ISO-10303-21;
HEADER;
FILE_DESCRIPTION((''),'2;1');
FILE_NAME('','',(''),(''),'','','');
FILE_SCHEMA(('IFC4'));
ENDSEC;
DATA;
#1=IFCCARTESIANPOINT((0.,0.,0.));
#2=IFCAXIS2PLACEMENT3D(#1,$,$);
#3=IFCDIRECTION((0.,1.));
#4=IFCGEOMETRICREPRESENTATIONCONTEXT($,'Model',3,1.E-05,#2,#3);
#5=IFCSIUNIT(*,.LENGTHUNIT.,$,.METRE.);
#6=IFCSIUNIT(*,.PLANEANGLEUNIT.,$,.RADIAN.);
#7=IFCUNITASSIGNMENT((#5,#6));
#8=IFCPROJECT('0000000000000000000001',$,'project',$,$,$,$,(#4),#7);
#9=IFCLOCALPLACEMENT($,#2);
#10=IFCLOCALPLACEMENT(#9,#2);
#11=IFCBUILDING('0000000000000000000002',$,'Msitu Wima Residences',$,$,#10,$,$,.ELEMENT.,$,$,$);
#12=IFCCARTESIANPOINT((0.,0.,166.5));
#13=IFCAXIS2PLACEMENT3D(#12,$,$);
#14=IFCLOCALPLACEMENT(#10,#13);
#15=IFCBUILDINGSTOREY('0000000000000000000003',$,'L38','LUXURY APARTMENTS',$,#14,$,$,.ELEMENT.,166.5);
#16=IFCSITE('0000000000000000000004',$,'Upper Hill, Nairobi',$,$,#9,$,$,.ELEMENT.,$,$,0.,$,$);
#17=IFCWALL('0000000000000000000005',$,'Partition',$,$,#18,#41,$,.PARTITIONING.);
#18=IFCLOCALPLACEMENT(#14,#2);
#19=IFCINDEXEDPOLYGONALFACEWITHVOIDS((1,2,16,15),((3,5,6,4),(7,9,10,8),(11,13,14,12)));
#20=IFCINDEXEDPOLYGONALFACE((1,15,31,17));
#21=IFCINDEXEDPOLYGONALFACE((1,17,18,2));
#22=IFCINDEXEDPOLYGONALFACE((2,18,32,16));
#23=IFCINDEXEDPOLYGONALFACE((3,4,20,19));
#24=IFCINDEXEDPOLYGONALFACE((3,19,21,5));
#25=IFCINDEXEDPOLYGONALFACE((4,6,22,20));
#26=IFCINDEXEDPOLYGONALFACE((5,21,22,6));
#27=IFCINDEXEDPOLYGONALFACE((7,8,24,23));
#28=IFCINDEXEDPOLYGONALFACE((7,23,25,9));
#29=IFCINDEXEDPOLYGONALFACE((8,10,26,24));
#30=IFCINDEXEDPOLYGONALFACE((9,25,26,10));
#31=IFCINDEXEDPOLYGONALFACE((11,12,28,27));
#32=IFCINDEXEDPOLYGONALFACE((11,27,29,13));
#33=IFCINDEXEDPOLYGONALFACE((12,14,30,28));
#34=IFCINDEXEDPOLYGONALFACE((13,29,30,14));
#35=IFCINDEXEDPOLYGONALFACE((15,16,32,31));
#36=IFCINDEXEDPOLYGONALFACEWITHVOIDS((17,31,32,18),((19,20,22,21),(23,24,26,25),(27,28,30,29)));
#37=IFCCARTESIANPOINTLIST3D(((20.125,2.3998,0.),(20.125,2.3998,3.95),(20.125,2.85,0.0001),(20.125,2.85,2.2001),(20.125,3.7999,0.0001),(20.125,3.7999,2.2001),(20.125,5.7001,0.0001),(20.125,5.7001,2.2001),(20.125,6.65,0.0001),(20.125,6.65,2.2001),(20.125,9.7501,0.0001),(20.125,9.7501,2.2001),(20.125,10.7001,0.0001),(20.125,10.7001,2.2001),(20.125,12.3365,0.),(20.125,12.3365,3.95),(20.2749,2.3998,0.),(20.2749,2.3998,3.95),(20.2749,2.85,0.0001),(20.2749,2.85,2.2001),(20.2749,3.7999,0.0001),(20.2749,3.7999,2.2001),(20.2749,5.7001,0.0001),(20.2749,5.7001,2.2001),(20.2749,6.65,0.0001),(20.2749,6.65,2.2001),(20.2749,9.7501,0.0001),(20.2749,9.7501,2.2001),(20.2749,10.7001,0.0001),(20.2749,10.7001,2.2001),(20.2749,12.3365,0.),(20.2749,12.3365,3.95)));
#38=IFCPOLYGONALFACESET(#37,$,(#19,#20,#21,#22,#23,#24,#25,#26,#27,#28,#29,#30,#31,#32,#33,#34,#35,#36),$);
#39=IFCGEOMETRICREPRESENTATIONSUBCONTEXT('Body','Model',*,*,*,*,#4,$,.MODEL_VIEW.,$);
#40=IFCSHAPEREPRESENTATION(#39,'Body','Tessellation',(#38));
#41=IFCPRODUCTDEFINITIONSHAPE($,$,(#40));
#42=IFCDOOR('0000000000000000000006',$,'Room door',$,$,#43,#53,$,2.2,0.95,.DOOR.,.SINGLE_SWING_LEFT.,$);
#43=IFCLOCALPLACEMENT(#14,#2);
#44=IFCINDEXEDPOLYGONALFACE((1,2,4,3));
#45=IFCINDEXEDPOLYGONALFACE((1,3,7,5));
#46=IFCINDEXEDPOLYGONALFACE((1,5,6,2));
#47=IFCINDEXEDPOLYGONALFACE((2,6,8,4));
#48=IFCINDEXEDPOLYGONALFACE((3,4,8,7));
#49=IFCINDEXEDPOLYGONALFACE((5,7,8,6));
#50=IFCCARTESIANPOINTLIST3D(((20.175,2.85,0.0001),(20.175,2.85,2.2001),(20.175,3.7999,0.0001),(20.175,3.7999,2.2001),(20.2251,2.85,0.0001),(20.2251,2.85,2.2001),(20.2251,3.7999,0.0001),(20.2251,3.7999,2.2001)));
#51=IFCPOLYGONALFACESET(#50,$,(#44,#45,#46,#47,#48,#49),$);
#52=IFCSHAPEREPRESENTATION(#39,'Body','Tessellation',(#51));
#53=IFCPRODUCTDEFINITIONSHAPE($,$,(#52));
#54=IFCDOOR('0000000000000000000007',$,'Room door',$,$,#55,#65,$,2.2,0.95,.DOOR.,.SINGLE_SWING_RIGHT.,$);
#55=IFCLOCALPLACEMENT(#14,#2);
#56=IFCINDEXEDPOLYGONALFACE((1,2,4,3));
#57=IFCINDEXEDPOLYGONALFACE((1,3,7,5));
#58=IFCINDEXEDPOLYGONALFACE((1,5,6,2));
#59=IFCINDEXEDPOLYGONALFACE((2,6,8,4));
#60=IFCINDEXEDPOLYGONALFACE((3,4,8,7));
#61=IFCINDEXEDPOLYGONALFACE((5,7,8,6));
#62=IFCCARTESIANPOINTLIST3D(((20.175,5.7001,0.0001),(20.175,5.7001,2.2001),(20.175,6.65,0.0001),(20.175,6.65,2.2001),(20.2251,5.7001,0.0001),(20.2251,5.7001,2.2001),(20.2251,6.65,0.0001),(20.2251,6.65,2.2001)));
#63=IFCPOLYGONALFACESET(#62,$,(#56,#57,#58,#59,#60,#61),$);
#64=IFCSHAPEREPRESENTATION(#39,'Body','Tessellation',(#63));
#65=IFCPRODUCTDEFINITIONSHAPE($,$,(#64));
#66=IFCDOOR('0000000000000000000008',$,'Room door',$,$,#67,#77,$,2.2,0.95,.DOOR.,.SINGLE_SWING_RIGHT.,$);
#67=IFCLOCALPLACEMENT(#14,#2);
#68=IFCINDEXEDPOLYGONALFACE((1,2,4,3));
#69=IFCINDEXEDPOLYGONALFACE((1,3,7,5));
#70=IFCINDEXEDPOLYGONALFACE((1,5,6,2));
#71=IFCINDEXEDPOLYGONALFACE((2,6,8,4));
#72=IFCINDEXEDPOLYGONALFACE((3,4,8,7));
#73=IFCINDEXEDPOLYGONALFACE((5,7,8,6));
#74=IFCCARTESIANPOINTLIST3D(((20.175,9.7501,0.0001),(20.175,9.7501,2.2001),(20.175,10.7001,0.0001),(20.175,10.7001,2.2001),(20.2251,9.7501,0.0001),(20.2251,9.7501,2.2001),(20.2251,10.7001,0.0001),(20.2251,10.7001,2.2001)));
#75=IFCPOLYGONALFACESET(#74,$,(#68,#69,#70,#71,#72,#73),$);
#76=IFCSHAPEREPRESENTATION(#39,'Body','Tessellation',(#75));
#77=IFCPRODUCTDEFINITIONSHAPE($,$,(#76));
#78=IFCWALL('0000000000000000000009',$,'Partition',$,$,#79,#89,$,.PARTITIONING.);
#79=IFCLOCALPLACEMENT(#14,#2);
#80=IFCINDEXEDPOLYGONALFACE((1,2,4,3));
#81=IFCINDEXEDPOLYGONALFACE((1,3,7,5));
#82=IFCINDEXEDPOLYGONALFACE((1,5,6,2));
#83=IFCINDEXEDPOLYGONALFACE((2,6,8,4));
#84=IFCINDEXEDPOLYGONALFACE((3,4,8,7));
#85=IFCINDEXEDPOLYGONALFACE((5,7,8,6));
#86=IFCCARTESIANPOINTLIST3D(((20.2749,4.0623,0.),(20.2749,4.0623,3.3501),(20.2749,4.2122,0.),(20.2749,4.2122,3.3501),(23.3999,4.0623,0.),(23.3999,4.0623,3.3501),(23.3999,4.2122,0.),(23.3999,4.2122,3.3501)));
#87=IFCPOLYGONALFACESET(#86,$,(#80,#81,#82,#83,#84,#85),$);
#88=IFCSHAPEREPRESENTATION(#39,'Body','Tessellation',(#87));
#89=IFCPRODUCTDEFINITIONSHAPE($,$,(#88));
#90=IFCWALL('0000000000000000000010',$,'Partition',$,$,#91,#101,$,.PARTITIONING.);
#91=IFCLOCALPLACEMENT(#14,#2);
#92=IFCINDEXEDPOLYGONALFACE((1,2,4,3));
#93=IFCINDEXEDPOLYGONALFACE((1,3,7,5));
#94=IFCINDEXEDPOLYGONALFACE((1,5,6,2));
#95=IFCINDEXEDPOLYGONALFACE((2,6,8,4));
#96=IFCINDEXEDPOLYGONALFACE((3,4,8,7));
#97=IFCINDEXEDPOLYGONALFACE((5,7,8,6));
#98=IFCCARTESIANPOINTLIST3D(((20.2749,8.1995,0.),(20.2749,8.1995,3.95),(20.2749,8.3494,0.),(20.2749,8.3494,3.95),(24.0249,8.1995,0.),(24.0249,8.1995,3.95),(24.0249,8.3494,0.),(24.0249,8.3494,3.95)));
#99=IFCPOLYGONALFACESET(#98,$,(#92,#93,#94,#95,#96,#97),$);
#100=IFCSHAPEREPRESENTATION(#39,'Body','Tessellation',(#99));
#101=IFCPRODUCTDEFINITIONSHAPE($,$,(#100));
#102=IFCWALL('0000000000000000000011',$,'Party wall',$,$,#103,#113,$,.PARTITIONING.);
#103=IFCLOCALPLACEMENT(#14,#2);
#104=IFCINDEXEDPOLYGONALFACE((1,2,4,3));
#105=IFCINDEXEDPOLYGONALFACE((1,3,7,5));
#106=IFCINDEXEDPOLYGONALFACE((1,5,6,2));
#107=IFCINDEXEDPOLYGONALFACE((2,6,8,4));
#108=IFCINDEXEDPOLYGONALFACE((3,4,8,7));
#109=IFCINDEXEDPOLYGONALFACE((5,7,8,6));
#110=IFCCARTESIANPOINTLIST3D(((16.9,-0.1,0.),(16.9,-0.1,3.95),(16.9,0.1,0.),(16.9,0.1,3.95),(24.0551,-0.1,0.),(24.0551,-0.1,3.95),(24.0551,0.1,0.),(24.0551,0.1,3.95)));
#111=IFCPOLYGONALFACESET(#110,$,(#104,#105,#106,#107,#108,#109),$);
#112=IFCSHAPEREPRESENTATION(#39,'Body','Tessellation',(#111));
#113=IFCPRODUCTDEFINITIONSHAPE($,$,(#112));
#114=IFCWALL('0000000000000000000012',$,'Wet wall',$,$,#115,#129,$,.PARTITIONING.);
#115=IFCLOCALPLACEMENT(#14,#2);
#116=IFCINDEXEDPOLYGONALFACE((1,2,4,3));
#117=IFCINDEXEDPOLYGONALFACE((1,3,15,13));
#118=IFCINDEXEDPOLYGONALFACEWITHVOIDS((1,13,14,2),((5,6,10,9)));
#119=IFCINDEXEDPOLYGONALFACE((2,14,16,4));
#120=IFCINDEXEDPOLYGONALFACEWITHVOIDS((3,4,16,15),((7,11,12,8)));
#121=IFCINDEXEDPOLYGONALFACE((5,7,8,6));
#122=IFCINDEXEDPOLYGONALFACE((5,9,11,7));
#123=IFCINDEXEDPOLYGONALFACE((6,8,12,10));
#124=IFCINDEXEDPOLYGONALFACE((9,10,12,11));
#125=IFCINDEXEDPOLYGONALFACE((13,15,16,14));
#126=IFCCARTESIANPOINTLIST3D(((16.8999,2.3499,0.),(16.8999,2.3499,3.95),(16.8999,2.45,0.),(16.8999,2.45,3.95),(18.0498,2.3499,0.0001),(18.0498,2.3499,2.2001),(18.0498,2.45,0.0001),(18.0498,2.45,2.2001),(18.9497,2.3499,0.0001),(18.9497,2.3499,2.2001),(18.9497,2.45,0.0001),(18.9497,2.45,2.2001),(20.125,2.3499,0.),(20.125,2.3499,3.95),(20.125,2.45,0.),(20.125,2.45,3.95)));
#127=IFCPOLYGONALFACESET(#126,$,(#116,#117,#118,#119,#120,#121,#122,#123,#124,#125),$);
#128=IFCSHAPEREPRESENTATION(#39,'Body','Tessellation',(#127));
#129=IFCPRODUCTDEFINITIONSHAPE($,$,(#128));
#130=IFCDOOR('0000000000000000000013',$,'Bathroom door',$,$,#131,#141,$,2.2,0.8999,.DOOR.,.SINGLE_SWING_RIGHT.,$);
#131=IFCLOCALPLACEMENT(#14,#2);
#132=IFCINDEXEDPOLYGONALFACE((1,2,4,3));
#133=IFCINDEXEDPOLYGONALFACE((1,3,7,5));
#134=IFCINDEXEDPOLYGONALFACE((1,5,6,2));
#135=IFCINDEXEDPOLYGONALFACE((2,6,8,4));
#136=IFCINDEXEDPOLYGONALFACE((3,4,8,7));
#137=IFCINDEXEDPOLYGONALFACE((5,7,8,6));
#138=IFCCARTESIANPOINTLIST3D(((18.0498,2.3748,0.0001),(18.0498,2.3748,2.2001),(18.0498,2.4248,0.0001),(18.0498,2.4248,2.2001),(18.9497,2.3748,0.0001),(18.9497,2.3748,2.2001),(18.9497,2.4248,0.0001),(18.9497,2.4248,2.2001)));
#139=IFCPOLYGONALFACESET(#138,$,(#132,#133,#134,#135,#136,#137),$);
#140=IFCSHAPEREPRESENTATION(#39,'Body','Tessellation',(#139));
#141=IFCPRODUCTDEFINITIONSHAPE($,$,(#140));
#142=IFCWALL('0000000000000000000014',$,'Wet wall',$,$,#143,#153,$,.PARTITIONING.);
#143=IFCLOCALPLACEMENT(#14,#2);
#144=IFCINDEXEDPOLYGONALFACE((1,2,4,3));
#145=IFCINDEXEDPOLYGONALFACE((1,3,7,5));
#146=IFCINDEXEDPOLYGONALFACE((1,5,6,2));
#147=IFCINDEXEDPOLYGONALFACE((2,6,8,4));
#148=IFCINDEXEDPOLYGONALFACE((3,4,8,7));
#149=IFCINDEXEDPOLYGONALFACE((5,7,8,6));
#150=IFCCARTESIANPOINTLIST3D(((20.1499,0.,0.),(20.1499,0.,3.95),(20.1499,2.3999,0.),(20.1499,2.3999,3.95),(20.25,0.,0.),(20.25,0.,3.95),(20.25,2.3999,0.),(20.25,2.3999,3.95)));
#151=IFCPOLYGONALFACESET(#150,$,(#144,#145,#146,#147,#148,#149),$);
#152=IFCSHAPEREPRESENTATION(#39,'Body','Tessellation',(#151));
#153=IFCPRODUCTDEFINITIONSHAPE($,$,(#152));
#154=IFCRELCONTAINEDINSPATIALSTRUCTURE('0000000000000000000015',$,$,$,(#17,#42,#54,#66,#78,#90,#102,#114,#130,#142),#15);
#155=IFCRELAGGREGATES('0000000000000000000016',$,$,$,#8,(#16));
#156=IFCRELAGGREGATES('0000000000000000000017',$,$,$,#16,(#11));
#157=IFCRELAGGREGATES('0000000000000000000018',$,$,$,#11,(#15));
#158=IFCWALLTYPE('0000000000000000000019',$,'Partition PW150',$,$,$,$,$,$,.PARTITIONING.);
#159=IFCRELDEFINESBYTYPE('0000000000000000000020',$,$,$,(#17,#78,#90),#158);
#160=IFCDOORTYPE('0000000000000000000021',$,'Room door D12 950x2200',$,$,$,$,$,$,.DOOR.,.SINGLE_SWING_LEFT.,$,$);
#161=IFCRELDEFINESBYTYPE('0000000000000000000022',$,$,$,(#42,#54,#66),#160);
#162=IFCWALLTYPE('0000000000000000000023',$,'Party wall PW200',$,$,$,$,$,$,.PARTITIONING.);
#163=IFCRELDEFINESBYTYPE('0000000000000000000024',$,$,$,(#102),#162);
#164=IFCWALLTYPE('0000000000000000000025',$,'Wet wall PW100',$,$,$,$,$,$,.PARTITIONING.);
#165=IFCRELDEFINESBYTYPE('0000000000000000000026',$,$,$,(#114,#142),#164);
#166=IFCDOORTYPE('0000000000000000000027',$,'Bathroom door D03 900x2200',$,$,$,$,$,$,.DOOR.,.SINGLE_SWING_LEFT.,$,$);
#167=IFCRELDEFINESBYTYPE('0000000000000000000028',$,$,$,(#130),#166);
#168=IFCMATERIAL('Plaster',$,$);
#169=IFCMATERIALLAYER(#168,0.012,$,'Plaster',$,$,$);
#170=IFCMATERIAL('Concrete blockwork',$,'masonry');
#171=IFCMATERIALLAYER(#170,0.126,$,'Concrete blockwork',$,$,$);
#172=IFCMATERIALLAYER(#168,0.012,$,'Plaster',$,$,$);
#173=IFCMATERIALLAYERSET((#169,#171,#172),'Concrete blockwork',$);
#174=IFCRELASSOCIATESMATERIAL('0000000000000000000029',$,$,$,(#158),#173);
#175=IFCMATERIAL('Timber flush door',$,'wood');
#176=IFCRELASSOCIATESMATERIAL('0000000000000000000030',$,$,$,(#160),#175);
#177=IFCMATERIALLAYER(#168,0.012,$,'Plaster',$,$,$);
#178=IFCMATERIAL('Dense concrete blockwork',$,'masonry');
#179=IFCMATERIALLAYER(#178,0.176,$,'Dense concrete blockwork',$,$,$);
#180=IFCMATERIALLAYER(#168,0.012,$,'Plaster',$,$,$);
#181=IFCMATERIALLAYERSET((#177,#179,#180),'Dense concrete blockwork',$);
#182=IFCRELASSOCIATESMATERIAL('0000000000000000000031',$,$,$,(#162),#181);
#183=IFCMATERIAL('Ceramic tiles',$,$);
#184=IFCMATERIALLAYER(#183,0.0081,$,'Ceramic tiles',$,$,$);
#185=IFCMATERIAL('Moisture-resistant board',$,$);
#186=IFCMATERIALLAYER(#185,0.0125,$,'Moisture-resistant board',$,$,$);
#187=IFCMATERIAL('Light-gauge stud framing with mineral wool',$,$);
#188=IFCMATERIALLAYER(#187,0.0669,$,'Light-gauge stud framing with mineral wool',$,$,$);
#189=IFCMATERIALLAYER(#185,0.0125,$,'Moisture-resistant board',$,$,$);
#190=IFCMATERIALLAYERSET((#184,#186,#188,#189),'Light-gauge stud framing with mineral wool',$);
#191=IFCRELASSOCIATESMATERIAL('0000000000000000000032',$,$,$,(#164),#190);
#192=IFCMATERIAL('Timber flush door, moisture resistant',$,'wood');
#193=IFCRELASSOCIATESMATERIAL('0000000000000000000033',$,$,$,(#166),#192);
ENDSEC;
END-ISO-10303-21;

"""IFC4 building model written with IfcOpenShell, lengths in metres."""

from ifc_helpers import new_model, si_unit, direction, frame, frame_2d, origin, place, context, subcontext, project, spatial, rectangle, extrude, material, layer, layer_set, type_object, element, fill, save


model = new_model("IFC4")

# Units and contexts
model_context = context("Model", 3, precision=1e-05, world=origin(), true_north=direction((0.0, 1.0)))
body_context = subcontext(model_context, "Body", "Model", "MODEL_VIEW")
ifc_project = project(units=[si_unit("LENGTHUNIT", "METRE"), si_unit("PLANEANGLEUNIT", "RADIAN")], contexts=[model_context])

# Site, building, storey
site_placement = place(None, origin())
site = spatial("IfcSite", under=ifc_project, at=site_placement, Name="Upper Hill, Nairobi", CompositionType="ELEMENT", RefElevation=0.0)
building_placement = place(site_placement, origin())
building = spatial("IfcBuilding", under=site, at=building_placement, Name="Msitu Wima Residences", CompositionType="ELEMENT")
storey_placement = place(building_placement, frame((0.0, 0.0, 166.5)))
storey = spatial("IfcBuildingStorey", under=building, at=storey_placement, Name="L38", Description="LUXURY APARTMENTS", CompositionType="ELEMENT", Elevation=166.5)

# Shared definitions
ifc_material_1 = material(Name="Plaster")
ifc_material_2 = material(Name="Concrete blockwork", Category="masonry")

# Shared definitions
ifc_layer_1 = layer(ifc_material_1, 0.012, Name="Plaster")
ifc_layer_2 = layer(ifc_material_2, 0.126, Name="Concrete blockwork")
ifc_layer_3 = layer(ifc_material_1, 0.012, Name="Plaster")
ifc_layer_set_1 = layer_set([ifc_layer_1, ifc_layer_2, ifc_layer_3], Name="Concrete blockwork")
wall_type_1 = type_object("IfcWallType", Name="Partition PW150", PredefinedType="PARTITIONING", material=ifc_layer_set_1)
ifc_material_3 = material(Name="Timber flush door", Category="wood")
door_type_1 = type_object("IfcDoorType", Name="Room door D12 950x2200", OperationType="SINGLE_SWING_LEFT", PredefinedType="DOOR", material=ifc_material_3)

# Wall, openings, doors
wall_1_placement = place(storey_placement, frame((20.2, 2.3999, 0.0), z_axis=(0.0, 0.0, 1.0), x_axis=(0.0, 1.0, 0.0)))
wall_1 = element("IfcWall", 1, at=wall_1_placement, inside=storey, type_object=wall_type_1, Name="Partition", PredefinedType="PARTITIONING", context=body_context, shape_type="SweptSolid", body=[
    extrude(rectangle(XDim=9.9368, YDim=0.1499, at=frame_2d((4.9683, 0.0))), origin(), (0.0, 0.0, 1.0), 3.95),
])
opening_1_placement = place(wall_1_placement, frame((0.45, 0.0, 0.0)))
opening_1 = element("IfcOpeningElement", 2, at=opening_1_placement, cuts=wall_1, PredefinedType="OPENING", context=body_context, shape_type="SweptSolid", body=[
    extrude(rectangle(XDim=0.95, YDim=2.2, at=frame_2d((0.4751, 1.1001))), frame((0.0, 0.085, 0.0), z_axis=(0.0, -1.0, 0.0), x_axis=(1.0, 0.0, 0.0)), (0.0, 0.0, 1.0), 0.1699),
])
opening_2_placement = place(wall_1_placement, frame((3.3, 0.0, 0.0)))
opening_2 = element("IfcOpeningElement", 3, at=opening_2_placement, cuts=wall_1, PredefinedType="OPENING", context=body_context, shape_type="SweptSolid", body=[
    extrude(rectangle(XDim=0.95, YDim=2.2, at=frame_2d((0.4751, 1.1001))), frame((0.0, 0.085, 0.0), z_axis=(0.0, -1.0, 0.0), x_axis=(1.0, 0.0, 0.0)), (0.0, 0.0, 1.0), 0.1699),
])
opening_3_placement = place(wall_1_placement, frame((7.3501, 0.0, 0.0)))
opening_3 = element("IfcOpeningElement", 4, at=opening_3_placement, cuts=wall_1, PredefinedType="OPENING", context=body_context, shape_type="SweptSolid", body=[
    extrude(rectangle(XDim=0.95, YDim=2.2, at=frame_2d((0.4751, 1.1001))), frame((0.0, 0.085, 0.0), z_axis=(0.0, -1.0, 0.0), x_axis=(1.0, 0.0, 0.0)), (0.0, 0.0, 1.0), 0.1699),
])
door_1_placement = place(opening_1_placement, origin())
door_1 = element("IfcDoor", 5, at=door_1_placement, inside=storey, type_object=door_type_1, Name="Room door", OperationType="SINGLE_SWING_LEFT", OverallHeight=2.2, OverallWidth=0.95, PredefinedType="DOOR", context=body_context, shape_type="SweptSolid", body=[
    extrude(rectangle(XDim=0.95, YDim=2.2, at=frame_2d((0.4751, 1.1001))), frame((0.0, 0.0249, 0.0), z_axis=(0.0, -1.0, 0.0), x_axis=(1.0, 0.0, 0.0)), (0.0, 0.0, 1.0), 0.05),
])
fill(opening_1, door_1)
door_2_placement = place(opening_2_placement, origin())
door_2 = element("IfcDoor", 6, at=door_2_placement, inside=storey, type_object=door_type_1, Name="Room door", OperationType="SINGLE_SWING_RIGHT", OverallHeight=2.2, OverallWidth=0.95, PredefinedType="DOOR", context=body_context, shape_type="SweptSolid", body=[
    extrude(rectangle(XDim=0.95, YDim=2.2, at=frame_2d((0.4751, 1.1001))), frame((0.0, 0.0249, 0.0), z_axis=(0.0, -1.0, 0.0), x_axis=(1.0, 0.0, 0.0)), (0.0, 0.0, 1.0), 0.05),
])
fill(opening_2, door_2)
door_3_placement = place(opening_3_placement, origin())
door_3 = element("IfcDoor", 7, at=door_3_placement, inside=storey, type_object=door_type_1, Name="Room door", OperationType="SINGLE_SWING_RIGHT", OverallHeight=2.2, OverallWidth=0.95, PredefinedType="DOOR", context=body_context, shape_type="SweptSolid", body=[
    extrude(rectangle(XDim=0.95, YDim=2.2, at=frame_2d((0.4751, 1.1001))), frame((0.0, 0.0249, 0.0), z_axis=(0.0, -1.0, 0.0), x_axis=(1.0, 0.0, 0.0)), (0.0, 0.0, 1.0), 0.05),
])
fill(opening_3, door_3)

# Walls
wall_2_placement = place(storey_placement, frame((20.2749, 4.1372, 0.0), z_axis=(0.0, 0.0, 1.0), x_axis=(1.0, 0.0, 0.0)))
element("IfcWall", 8, at=wall_2_placement, inside=storey, type_object=wall_type_1, Name="Partition", PredefinedType="PARTITIONING", context=body_context, shape_type="SweptSolid", body=[
    extrude(rectangle(XDim=3.125, YDim=0.1499, at=frame_2d((1.5625, 0.0))), origin(), (0.0, 0.0, 1.0), 3.3501),
])
wall_3_placement = place(storey_placement, frame((20.2749, 8.2744, 0.0), z_axis=(0.0, 0.0, 1.0), x_axis=(1.0, 0.0, 0.0)))
element("IfcWall", 9, at=wall_3_placement, inside=storey, type_object=wall_type_1, Name="Partition", PredefinedType="PARTITIONING", context=body_context, shape_type="SweptSolid", body=[
    extrude(rectangle(XDim=3.75, YDim=0.1499, at=frame_2d((1.875, 0.0))), origin(), (0.0, 0.0, 1.0), 3.95),
])
ifc_layer_4 = layer(ifc_material_1, 0.012, Name="Plaster")
ifc_material_4 = material(Name="Dense concrete blockwork", Category="masonry")
ifc_layer_5 = layer(ifc_material_4, 0.176, Name="Dense concrete blockwork")
ifc_layer_6 = layer(ifc_material_1, 0.012, Name="Plaster")
ifc_layer_set_2 = layer_set([ifc_layer_4, ifc_layer_5, ifc_layer_6], Name="Dense concrete blockwork")
wall_type_2 = type_object("IfcWallType", Name="Party wall PW200", PredefinedType="PARTITIONING", material=ifc_layer_set_2)
wall_4_placement = place(storey_placement, frame((16.8999, 0.0, 0.0), z_axis=(0.0, 0.0, 1.0), x_axis=(1.0, 0.0, 0.0)))
element("IfcWall", 10, at=wall_4_placement, inside=storey, type_object=wall_type_2, Name="Party wall", PredefinedType="PARTITIONING", context=body_context, shape_type="SweptSolid", body=[
    extrude(rectangle(XDim=7.155, YDim=0.2, at=frame_2d((3.5776, 0.0))), origin(), (0.0, 0.0, 1.0), 3.95),
])

# Wall, opening, door
ifc_material_5 = material(Name="Ceramic tiles")
ifc_layer_7 = layer(ifc_material_5, 0.0081, Name="Ceramic tiles")
ifc_material_6 = material(Name="Moisture-resistant board")
ifc_layer_8 = layer(ifc_material_6, 0.0125, Name="Moisture-resistant board")
ifc_material_7 = material(Name="Light-gauge stud framing with mineral wool")
ifc_layer_9 = layer(ifc_material_7, 0.0669, Name="Light-gauge stud framing with mineral wool")
ifc_layer_10 = layer(ifc_material_6, 0.0125, Name="Moisture-resistant board")
ifc_layer_set_3 = layer_set([ifc_layer_7, ifc_layer_8, ifc_layer_9, ifc_layer_10], Name="Light-gauge stud framing with mineral wool")
wall_type_3 = type_object("IfcWallType", Name="Wet wall PW100", PredefinedType="PARTITIONING", material=ifc_layer_set_3)
wall_5_placement = place(storey_placement, frame((16.8999, 2.3999, 0.0), z_axis=(0.0, 0.0, 1.0), x_axis=(1.0, 0.0, 0.0)))
wall_5 = element("IfcWall", 11, at=wall_5_placement, inside=storey, type_object=wall_type_3, Name="Wet wall", PredefinedType="PARTITIONING", context=body_context, shape_type="SweptSolid", body=[
    extrude(rectangle(XDim=3.2251, YDim=0.1001, at=frame_2d((1.6125, 0.0))), origin(), (0.0, 0.0, 1.0), 3.95),
])
opening_4_placement = place(wall_5_placement, frame((1.1499, 0.0, 0.0)))
opening_4 = element("IfcOpeningElement", 12, at=opening_4_placement, cuts=wall_5, PredefinedType="OPENING", context=body_context, shape_type="SweptSolid", body=[
    extrude(rectangle(XDim=0.8999, YDim=2.2, at=frame_2d((0.45, 1.1001))), frame((0.0, 0.0601, 0.0), z_axis=(0.0, -1.0, 0.0), x_axis=(1.0, 0.0, 0.0)), (0.0, 0.0, 1.0), 0.1201),
])
ifc_material_8 = material(Name="Timber flush door, moisture resistant", Category="wood")
door_type_2 = type_object("IfcDoorType", Name="Bathroom door D03 900x2200", OperationType="SINGLE_SWING_LEFT", PredefinedType="DOOR", material=ifc_material_8)
door_4_placement = place(opening_4_placement, origin())
door_4 = element("IfcDoor", 13, at=door_4_placement, inside=storey, type_object=door_type_2, Name="Bathroom door", OperationType="SINGLE_SWING_RIGHT", OverallHeight=2.2, OverallWidth=0.8999, PredefinedType="DOOR", context=body_context, shape_type="SweptSolid", body=[
    extrude(rectangle(XDim=0.8999, YDim=2.2, at=frame_2d((0.45, 1.1001))), frame((0.0, 0.0249, 0.0), z_axis=(0.0, -1.0, 0.0), x_axis=(1.0, 0.0, 0.0)), (0.0, 0.0, 1.0), 0.05),
])
fill(opening_4, door_4)

# Wall
wall_6_placement = place(storey_placement, frame((20.2, 0.0, 0.0), z_axis=(0.0, 0.0, 1.0), x_axis=(0.0, 1.0, 0.0)))
element("IfcWall", 14, at=wall_6_placement, inside=storey, type_object=wall_type_3, Name="Wet wall", PredefinedType="PARTITIONING", context=body_context, shape_type="SweptSolid", body=[
    extrude(rectangle(XDim=2.3999, YDim=0.1001, at=frame_2d((1.2, 0.0))), origin(), (0.0, 0.0, 1.0), 3.95),
])

save(model, "model.ifc")
